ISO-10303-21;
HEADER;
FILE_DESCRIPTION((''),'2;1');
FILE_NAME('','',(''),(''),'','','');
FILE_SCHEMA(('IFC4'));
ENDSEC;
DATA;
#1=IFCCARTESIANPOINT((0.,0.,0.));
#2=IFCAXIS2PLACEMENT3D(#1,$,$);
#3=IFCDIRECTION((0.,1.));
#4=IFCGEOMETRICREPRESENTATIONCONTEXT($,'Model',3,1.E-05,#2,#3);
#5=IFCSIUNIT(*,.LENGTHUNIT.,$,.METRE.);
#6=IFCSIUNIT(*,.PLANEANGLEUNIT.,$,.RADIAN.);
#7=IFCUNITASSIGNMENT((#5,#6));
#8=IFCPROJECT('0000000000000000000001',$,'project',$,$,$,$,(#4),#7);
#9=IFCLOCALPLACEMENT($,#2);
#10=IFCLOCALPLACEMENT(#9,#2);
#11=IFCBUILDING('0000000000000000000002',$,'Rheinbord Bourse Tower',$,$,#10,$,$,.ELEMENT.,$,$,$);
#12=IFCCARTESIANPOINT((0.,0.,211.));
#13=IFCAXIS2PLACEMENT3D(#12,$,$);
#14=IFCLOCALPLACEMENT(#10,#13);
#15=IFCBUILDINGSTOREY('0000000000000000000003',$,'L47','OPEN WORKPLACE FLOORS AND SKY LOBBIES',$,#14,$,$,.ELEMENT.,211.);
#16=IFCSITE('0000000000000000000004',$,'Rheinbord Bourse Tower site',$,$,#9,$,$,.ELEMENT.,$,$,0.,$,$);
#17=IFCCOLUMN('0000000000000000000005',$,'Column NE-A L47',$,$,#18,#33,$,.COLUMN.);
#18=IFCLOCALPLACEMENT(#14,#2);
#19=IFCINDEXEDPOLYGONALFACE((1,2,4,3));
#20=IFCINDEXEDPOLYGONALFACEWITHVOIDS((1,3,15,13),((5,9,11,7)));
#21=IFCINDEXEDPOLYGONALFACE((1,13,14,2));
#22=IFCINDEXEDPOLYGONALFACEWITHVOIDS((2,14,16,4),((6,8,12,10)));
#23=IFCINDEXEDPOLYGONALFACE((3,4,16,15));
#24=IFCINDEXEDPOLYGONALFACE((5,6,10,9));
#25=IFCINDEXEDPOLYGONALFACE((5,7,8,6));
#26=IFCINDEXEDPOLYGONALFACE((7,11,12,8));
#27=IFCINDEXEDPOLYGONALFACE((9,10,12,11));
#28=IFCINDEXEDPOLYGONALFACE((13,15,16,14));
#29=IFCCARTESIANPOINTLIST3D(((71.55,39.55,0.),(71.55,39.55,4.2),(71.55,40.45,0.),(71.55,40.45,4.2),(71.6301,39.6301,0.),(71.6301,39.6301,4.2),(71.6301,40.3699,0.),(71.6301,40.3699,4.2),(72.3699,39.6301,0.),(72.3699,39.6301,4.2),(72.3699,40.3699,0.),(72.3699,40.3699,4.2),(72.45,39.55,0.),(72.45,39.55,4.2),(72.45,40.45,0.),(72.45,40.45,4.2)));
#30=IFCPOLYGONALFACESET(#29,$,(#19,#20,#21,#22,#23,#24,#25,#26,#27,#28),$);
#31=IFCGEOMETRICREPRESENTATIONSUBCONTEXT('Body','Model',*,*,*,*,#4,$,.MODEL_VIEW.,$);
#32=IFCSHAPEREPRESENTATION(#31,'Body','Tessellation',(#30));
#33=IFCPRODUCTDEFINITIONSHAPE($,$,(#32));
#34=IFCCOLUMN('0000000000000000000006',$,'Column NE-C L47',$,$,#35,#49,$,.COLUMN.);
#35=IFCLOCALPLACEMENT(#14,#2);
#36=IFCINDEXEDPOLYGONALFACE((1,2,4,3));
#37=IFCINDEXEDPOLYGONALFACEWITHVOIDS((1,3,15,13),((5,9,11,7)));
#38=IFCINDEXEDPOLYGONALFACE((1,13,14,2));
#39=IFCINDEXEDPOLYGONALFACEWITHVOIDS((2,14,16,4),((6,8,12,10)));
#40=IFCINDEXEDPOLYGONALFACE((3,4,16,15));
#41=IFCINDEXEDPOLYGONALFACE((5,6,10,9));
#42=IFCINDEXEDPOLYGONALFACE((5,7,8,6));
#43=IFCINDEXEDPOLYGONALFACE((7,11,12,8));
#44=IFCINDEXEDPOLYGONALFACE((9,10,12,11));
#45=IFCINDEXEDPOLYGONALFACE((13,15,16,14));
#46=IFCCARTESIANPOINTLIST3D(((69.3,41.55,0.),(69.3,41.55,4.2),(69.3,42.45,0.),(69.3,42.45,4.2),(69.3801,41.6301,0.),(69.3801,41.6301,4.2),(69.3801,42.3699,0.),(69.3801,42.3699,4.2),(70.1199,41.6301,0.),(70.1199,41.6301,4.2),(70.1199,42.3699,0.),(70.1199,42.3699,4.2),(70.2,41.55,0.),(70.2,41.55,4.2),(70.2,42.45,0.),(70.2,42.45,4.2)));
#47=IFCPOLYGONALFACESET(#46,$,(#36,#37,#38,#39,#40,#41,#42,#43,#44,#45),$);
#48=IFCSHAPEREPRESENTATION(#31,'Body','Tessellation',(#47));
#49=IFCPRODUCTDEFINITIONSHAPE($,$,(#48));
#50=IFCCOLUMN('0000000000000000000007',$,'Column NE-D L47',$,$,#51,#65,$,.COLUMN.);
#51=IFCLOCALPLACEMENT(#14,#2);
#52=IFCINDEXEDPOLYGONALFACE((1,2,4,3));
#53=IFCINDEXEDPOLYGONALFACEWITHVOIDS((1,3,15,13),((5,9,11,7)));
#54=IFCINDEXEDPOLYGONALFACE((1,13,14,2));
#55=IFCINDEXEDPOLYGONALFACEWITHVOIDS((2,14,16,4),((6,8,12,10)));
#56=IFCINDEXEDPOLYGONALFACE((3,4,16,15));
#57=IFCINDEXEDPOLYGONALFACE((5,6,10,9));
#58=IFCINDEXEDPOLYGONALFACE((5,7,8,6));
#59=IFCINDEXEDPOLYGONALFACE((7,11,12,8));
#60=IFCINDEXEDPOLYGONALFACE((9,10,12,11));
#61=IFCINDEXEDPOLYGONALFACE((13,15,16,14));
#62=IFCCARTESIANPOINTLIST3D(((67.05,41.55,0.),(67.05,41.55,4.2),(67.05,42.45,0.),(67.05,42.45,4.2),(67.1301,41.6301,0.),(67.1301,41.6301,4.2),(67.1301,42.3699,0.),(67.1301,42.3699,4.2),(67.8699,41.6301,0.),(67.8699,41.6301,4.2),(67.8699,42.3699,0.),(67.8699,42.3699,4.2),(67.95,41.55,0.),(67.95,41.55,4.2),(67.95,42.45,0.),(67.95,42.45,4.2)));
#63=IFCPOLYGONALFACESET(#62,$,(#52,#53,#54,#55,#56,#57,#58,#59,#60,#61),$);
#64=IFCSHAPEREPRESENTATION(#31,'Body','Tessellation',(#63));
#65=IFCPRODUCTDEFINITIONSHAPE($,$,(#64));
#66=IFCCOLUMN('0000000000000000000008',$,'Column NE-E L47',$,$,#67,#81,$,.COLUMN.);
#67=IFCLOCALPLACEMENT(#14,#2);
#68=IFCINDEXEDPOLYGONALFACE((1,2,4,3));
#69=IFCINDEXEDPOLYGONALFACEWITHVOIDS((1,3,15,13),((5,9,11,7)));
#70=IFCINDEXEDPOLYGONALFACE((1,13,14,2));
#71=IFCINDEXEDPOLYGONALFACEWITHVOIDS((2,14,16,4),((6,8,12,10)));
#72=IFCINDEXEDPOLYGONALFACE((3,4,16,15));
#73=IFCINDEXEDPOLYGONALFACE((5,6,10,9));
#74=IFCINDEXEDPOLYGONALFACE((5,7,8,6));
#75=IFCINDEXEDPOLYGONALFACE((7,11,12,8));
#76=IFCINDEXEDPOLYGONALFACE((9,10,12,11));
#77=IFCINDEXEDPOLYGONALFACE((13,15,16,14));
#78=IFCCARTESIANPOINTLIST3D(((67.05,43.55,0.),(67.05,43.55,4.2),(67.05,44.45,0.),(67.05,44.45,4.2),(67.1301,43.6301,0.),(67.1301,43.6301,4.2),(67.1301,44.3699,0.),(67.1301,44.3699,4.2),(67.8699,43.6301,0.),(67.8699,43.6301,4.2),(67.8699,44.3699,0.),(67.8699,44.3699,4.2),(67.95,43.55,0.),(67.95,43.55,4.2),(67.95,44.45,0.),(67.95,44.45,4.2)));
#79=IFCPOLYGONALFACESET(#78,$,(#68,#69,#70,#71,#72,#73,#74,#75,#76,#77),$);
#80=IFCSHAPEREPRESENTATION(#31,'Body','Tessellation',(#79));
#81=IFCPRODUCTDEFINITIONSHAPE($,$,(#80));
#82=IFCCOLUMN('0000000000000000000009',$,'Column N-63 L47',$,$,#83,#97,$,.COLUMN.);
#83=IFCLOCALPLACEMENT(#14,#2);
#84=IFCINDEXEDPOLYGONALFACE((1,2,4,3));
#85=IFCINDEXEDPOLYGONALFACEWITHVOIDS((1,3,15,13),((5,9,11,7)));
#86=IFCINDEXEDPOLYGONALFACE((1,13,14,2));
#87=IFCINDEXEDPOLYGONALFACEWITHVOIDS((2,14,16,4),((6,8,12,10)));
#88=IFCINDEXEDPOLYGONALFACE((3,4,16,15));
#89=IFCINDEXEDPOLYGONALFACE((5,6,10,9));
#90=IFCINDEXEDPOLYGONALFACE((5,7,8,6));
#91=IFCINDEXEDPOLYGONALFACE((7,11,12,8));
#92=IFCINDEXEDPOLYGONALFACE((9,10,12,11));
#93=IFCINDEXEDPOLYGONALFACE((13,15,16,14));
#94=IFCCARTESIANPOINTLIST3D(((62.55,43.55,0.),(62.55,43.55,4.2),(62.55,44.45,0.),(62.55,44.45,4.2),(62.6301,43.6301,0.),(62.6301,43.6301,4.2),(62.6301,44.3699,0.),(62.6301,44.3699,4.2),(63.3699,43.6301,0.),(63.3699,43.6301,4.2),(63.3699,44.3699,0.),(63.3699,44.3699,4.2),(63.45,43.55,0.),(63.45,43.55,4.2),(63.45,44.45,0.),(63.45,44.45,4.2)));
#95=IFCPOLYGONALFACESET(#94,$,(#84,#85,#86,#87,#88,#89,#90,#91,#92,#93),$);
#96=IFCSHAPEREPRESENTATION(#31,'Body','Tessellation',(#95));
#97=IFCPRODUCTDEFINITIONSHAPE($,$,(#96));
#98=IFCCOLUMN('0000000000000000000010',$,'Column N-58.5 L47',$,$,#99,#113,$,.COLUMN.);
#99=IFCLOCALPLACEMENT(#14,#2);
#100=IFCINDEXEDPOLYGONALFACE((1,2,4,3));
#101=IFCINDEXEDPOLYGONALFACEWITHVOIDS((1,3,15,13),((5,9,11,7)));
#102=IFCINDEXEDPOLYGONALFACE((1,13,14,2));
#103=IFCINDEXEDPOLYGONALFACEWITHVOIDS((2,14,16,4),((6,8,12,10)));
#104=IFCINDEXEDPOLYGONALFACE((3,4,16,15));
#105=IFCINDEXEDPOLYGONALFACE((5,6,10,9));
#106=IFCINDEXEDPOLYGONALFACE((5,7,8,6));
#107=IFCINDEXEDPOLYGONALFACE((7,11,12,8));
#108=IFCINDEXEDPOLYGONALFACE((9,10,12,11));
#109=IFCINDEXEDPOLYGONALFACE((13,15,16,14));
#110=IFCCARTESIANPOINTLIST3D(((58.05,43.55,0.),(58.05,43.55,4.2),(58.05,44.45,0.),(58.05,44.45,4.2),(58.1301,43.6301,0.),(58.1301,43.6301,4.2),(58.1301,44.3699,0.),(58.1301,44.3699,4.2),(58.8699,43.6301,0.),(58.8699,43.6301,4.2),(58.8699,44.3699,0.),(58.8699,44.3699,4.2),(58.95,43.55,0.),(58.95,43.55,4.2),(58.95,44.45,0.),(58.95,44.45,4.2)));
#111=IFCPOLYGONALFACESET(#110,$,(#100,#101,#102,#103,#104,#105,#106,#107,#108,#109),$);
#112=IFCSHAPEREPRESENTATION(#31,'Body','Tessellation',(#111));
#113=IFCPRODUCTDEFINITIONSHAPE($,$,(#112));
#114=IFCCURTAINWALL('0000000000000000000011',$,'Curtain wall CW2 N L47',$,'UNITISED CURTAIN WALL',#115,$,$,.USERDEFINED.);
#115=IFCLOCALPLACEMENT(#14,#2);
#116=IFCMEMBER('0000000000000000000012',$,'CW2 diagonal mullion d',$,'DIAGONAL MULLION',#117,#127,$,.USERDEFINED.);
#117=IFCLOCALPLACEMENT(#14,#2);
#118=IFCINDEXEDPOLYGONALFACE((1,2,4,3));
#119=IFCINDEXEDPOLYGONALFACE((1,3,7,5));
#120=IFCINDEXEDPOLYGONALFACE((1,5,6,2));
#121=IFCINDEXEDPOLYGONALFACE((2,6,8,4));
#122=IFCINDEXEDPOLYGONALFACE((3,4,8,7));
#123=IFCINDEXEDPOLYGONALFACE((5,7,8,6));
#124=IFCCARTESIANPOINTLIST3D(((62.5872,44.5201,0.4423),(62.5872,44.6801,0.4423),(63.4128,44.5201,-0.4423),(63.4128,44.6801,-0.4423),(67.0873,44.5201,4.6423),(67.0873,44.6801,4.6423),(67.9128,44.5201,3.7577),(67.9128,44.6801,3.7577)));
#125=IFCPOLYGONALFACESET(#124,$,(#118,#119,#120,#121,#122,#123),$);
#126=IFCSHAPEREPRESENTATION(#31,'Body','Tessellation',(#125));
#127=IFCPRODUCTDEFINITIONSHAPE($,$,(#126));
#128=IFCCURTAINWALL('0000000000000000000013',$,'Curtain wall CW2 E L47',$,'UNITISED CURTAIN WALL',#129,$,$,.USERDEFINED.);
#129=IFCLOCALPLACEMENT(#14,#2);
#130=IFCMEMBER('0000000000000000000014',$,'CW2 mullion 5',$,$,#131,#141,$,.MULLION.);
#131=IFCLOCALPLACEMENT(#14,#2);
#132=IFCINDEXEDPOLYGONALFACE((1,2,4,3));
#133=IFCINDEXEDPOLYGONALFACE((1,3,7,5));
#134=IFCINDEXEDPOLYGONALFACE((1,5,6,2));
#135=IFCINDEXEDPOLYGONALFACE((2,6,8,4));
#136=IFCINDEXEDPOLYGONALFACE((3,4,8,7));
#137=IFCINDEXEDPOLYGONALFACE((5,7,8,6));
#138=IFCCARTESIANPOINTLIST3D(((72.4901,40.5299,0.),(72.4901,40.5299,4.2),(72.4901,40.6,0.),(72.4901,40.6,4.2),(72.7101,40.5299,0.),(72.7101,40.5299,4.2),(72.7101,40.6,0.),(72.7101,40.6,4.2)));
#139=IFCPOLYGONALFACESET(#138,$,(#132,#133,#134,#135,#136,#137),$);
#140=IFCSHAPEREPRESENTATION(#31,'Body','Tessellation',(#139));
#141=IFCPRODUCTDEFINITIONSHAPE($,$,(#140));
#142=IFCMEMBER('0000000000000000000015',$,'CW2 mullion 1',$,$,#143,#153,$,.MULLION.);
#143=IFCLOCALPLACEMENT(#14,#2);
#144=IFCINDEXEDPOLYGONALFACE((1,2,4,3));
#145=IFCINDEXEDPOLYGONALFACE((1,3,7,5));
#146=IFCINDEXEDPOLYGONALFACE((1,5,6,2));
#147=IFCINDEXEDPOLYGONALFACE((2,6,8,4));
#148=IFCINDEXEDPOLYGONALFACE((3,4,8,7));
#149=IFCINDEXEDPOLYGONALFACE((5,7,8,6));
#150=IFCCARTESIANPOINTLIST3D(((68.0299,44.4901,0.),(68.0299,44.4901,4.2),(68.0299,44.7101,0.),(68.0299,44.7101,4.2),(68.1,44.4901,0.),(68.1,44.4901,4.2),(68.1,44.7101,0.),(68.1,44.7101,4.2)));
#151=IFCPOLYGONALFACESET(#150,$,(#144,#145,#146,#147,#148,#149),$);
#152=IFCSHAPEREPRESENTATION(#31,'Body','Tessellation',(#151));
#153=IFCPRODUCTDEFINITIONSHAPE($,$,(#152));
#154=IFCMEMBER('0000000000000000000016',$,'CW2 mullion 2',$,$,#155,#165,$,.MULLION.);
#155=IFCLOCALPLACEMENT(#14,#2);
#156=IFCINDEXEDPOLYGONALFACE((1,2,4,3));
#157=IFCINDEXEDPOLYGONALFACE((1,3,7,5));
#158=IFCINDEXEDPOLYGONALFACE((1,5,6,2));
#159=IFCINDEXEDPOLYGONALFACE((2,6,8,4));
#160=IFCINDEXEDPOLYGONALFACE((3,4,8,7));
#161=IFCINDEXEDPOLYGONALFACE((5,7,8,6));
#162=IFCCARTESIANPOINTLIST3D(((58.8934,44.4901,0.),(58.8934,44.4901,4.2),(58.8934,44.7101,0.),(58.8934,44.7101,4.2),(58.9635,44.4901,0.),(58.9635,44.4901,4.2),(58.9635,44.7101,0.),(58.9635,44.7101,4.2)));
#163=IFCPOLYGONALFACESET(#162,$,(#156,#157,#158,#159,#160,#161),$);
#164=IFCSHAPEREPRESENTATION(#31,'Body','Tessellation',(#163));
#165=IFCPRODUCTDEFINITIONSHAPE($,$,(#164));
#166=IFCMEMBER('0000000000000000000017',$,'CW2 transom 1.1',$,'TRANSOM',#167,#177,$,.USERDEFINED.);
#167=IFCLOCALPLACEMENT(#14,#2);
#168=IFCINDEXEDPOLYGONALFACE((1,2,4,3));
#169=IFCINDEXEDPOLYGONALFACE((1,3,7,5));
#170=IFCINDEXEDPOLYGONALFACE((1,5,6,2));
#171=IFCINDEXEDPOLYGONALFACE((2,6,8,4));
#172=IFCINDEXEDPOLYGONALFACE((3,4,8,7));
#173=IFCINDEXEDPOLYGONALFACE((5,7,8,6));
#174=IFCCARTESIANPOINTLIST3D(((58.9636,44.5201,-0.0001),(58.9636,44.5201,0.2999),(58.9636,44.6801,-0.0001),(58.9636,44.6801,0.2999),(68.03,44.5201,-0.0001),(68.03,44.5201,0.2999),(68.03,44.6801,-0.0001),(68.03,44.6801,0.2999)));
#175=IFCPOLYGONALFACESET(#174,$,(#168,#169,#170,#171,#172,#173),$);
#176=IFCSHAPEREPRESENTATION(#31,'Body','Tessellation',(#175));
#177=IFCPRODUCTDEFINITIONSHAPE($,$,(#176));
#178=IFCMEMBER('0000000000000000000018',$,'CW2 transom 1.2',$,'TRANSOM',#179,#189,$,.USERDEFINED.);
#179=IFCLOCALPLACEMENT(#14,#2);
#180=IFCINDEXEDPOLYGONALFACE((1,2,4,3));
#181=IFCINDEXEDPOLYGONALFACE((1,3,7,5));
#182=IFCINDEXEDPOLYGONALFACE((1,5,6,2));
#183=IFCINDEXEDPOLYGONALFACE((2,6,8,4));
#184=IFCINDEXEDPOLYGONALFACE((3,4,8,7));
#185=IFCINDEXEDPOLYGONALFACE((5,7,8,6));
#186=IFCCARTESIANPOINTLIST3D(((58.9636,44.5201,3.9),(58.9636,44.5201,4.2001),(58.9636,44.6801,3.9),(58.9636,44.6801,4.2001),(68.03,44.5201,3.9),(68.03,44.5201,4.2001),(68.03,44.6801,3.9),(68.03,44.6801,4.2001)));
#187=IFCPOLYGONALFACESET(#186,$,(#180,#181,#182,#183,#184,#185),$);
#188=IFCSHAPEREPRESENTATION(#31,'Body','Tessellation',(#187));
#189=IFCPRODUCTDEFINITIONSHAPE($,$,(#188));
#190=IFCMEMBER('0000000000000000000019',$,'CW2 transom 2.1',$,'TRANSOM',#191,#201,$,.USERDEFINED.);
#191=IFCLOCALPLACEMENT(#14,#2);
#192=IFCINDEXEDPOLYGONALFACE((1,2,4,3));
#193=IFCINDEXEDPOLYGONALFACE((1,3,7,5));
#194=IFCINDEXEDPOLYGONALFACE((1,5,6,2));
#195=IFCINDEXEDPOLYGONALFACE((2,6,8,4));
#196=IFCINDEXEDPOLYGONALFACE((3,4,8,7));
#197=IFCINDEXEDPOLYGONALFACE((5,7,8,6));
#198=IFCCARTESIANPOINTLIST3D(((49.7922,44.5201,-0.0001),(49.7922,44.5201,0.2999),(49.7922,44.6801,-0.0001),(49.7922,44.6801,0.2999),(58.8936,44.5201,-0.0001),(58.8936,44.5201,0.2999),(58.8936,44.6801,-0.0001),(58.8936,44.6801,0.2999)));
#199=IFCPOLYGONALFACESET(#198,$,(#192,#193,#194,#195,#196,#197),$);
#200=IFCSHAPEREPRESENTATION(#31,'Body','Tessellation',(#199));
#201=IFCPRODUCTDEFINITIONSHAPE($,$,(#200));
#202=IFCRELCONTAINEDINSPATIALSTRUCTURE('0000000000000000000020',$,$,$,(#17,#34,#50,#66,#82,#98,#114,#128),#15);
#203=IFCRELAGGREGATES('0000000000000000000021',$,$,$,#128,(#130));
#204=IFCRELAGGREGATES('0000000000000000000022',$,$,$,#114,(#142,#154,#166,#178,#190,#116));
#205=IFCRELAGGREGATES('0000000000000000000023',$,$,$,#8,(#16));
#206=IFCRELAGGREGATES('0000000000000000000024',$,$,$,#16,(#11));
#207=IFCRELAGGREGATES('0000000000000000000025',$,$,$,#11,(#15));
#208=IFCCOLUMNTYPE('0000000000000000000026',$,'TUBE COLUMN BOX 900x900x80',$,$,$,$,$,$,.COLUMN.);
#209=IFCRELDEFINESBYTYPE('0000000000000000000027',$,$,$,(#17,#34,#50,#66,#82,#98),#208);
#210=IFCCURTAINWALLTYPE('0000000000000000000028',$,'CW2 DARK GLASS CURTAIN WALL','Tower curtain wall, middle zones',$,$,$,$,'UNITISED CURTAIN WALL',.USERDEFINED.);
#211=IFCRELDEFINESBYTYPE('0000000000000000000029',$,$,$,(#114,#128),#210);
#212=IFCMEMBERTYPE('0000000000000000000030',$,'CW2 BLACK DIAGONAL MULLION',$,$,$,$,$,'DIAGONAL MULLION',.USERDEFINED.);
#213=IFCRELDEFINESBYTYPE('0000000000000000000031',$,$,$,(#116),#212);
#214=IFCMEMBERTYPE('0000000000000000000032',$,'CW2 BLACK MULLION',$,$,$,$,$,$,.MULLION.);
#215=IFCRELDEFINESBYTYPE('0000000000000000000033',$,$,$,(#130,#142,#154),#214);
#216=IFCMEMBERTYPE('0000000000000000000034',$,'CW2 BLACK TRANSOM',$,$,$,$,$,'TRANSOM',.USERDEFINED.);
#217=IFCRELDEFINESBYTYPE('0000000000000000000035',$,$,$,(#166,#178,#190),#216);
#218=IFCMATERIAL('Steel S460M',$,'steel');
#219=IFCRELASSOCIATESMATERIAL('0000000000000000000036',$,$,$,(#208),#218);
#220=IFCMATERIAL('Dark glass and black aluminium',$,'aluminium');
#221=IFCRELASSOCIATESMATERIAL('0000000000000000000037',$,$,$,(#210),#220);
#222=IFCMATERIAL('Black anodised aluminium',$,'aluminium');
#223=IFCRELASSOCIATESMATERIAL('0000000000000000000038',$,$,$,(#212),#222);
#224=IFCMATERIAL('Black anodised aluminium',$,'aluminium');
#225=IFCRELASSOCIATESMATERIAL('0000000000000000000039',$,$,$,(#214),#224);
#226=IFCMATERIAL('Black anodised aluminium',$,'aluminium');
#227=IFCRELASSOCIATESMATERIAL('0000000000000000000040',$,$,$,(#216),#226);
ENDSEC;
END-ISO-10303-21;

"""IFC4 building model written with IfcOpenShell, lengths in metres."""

from ifc_helpers import new_model, si_unit, direction, frame, origin, origin_2d, place, context, subcontext, project, spatial, rectangle, hollow_rectangle, extrude, material, material_profile, profile_set, type_object, element, aggregate, save


model = new_model("IFC4")

# Units and contexts
model_context = context("Model", 3, precision=1e-05, world=origin(), true_north=direction((0.0, 1.0)))
body_context = subcontext(model_context, "Body", "Model", "MODEL_VIEW")
ifc_project = project(units=[si_unit("LENGTHUNIT", "METRE"), si_unit("PLANEANGLEUNIT", "RADIAN")], contexts=[model_context])

# Site, building, storey
site_placement = place(None, origin())
site = spatial("IfcSite", under=ifc_project, at=site_placement, Name="Rheinbord Bourse Tower site", CompositionType="ELEMENT", RefElevation=0.0)
building_placement = place(site_placement, origin())
building = spatial("IfcBuilding", under=site, at=building_placement, Name="Rheinbord Bourse Tower", CompositionType="ELEMENT")
storey_placement = place(building_placement, frame((0.0, 0.0, 211.0)))
storey = spatial("IfcBuildingStorey", under=building, at=storey_placement, Name="L47", Description="OPEN WORKPLACE FLOORS AND SKY LOBBIES", CompositionType="ELEMENT", Elevation=211.0)

# Columns
ifc_material_1 = material(Name="Steel S460M", Category="steel")
ifc_material_profile_1 = material_profile(ifc_material_1, hollow_rectangle(XDim=0.8999, YDim=0.8999, WallThickness=0.0801, at=origin_2d()), Name="BOX 900x900x80")
ifc_profile_set_1 = profile_set([ifc_material_profile_1], Name="Steel S460M")
column_type = type_object("IfcColumnType", Name="TUBE COLUMN BOX 900x900x80", PredefinedType="COLUMN", material=ifc_profile_set_1)
for number, where, z_axis, x_axis, name in (
    (1, (72.0, 40.0, 0.0), (0.0, 0.0, 1.0), (1.0, 0.0, 0.0), "Column NE-A L47"),
    (2, (69.75, 42.0, 0.0), (0.0, 0.0, 1.0), (1.0, 0.0, 0.0), "Column NE-C L47"),
    (3, (67.5, 42.0, 0.0), (0.0, 0.0, 1.0), (0.0, 1.0, 0.0), "Column NE-D L47"),
    (4, (67.5, 44.0, 0.0), (0.0, 0.0, 1.0), (0.0, 1.0, 0.0), "Column NE-E L47"),
    (5, (63.0, 44.0, 0.0), (0.0, 0.0, 1.0), (0.0, 1.0, 0.0), "Column N-63 L47"),
    (6, (58.5, 44.0, 0.0), (0.0, 0.0, 1.0), (0.0, 1.0, 0.0), "Column N-58.5 L47"),
):
    element("IfcColumn", number, at=place(storey_placement, frame(where, z_axis=z_axis, x_axis=x_axis)), inside=storey, type_object=column_type, Name=name, PredefinedType="COLUMN", context=body_context, shape_type="SweptSolid", body=[
        extrude(hollow_rectangle(XDim=0.8999, YDim=0.8999, WallThickness=0.0801, at=origin_2d()), origin(), (0.0, 0.0, 1.0), 4.2),
    ])

# Curtain walls, members
ifc_material_2 = material(Name="Dark glass and black aluminium", Category="aluminium")
curtain_wall_type = type_object("IfcCurtainWallType", Name="CW2 DARK GLASS CURTAIN WALL", Description="Tower curtain wall, middle zones", ElementType="UNITISED CURTAIN WALL", PredefinedType="USERDEFINED", material=ifc_material_2)
curtain_wall_1_placement = place(storey_placement, origin())
curtain_wall_1 = element("IfcCurtainWall", 7, at=curtain_wall_1_placement, inside=storey, type_object=curtain_wall_type, Name="Curtain wall CW2 N L47", ObjectType="UNITISED CURTAIN WALL", PredefinedType="USERDEFINED")
ifc_material_3 = material(Name="Black anodised aluminium", Category="aluminium")
ifc_material_profile_2 = material_profile(ifc_material_3, rectangle(XDim=0.1599, YDim=1.21, at=origin_2d()), Name="CW2 DIAGONAL MULLION 1210x160")
ifc_profile_set_2 = profile_set([ifc_material_profile_2], Name="Black anodised aluminium")
member_type_1 = type_object("IfcMemberType", Name="CW2 BLACK DIAGONAL MULLION", ElementType="DIAGONAL MULLION", PredefinedType="USERDEFINED", material=ifc_profile_set_2)
member_1_placement = place(storey_placement, frame((63.0, 44.6001, 0.0), z_axis=(0.731059, 0.0, 0.682314), x_axis=(0.0, 1.0, 0.0)))
member_1 = element("IfcMember", 8, at=member_1_placement, type_object=member_type_1, Name="CW2 diagonal mullion d", ObjectType="DIAGONAL MULLION", PredefinedType="USERDEFINED", context=body_context, shape_type="SweptSolid", body=[
    extrude(rectangle(XDim=0.1599, YDim=1.21, at=origin_2d()), origin(), (0.0, 0.0, 1.0), 6.1555),
])
curtain_wall_2_placement = place(storey_placement, origin())
curtain_wall_2 = element("IfcCurtainWall", 9, at=curtain_wall_2_placement, inside=storey, type_object=curtain_wall_type, Name="Curtain wall CW2 E L47", ObjectType="UNITISED CURTAIN WALL", PredefinedType="USERDEFINED")
ifc_material_4 = material(Name="Black anodised aluminium", Category="aluminium")
ifc_material_profile_3 = material_profile(ifc_material_4, rectangle(XDim=0.22, YDim=0.0701, at=origin_2d()), Name="CW2 MULLION 70x220")
ifc_profile_set_3 = profile_set([ifc_material_profile_3], Name="Black anodised aluminium")
member_type_2 = type_object("IfcMemberType", Name="CW2 BLACK MULLION", PredefinedType="MULLION", material=ifc_profile_set_3)
member_2_placement = place(storey_placement, frame((72.6001, 40.5649, 0.0), z_axis=(0.0, 0.0, 1.0), x_axis=(-1.0, 0.0, 0.0)))
member_2 = element("IfcMember", 10, at=member_2_placement, type_object=member_type_2, Name="CW2 mullion 5", PredefinedType="MULLION", context=body_context, shape_type="SweptSolid", body=[
    extrude(rectangle(XDim=0.22, YDim=0.0701, at=origin_2d()), origin(), (0.0, 0.0, 1.0), 4.2),
])

# Members
member_3_placement = place(storey_placement, frame((68.0649, 44.6001, 0.0), z_axis=(0.0, 0.0, 1.0), x_axis=(0.0, -1.0, 0.0)))
member_3 = element("IfcMember", 11, at=member_3_placement, type_object=member_type_2, Name="CW2 mullion 1", PredefinedType="MULLION", context=body_context, shape_type="SweptSolid", body=[
    extrude(rectangle(XDim=0.22, YDim=0.0701, at=origin_2d()), origin(), (0.0, 0.0, 1.0), 4.2),
])
member_4_placement = place(storey_placement, frame((58.9285, 44.6001, 0.0), z_axis=(0.0, 0.0, 1.0), x_axis=(0.0, -1.0, 0.0)))
member_4 = element("IfcMember", 12, at=member_4_placement, type_object=member_type_2, Name="CW2 mullion 2", PredefinedType="MULLION", context=body_context, shape_type="SweptSolid", body=[
    extrude(rectangle(XDim=0.22, YDim=0.0701, at=origin_2d()), origin(), (0.0, 0.0, 1.0), 4.2),
])
ifc_material_5 = material(Name="Black anodised aluminium", Category="aluminium")
ifc_material_profile_4 = material_profile(ifc_material_5, rectangle(XDim=0.1599, YDim=0.3, at=origin_2d()), Name="CW2 TRANSOM 300x160")
ifc_profile_set_4 = profile_set([ifc_material_profile_4], Name="Black anodised aluminium")
member_type_3 = type_object("IfcMemberType", Name="CW2 BLACK TRANSOM", ElementType="TRANSOM", PredefinedType="USERDEFINED", material=ifc_profile_set_4)
member_5_placement = place(storey_placement, frame((68.03, 44.6001, 0.1499), z_axis=(-1.0, 0.0, 0.0), x_axis=(0.0, -1.0, 0.0)))
member_5 = element("IfcMember", 13, at=member_5_placement, type_object=member_type_3, Name="CW2 transom 1.1", ObjectType="TRANSOM", PredefinedType="USERDEFINED", context=body_context, shape_type="SweptSolid", body=[
    extrude(rectangle(XDim=0.1599, YDim=0.3, at=origin_2d()), origin(), (0.0, 0.0, 1.0), 9.0664),
])
member_6_placement = place(storey_placement, frame((68.03, 44.6001, 4.05), z_axis=(-1.0, 0.0, 0.0), x_axis=(0.0, -1.0, 0.0)))
member_6 = element("IfcMember", 14, at=member_6_placement, type_object=member_type_3, Name="CW2 transom 1.2", ObjectType="TRANSOM", PredefinedType="USERDEFINED", context=body_context, shape_type="SweptSolid", body=[
    extrude(rectangle(XDim=0.1599, YDim=0.3, at=origin_2d()), origin(), (0.0, 0.0, 1.0), 9.0664),
])
member_7_placement = place(storey_placement, frame((58.8936, 44.6001, 0.1499), z_axis=(-1.0, 0.0, 0.0), x_axis=(0.0, -1.0, 0.0)))
member_7 = element("IfcMember", 15, at=member_7_placement, type_object=member_type_3, Name="CW2 transom 2.1", ObjectType="TRANSOM", PredefinedType="USERDEFINED", context=body_context, shape_type="SweptSolid", body=[
    extrude(rectangle(XDim=0.1599, YDim=0.3, at=origin_2d()), origin(), (0.0, 0.0, 1.0), 9.1013),
])

aggregate(curtain_wall_2, [member_2])
aggregate(curtain_wall_1, [member_3, member_4, member_5, member_6, member_7, member_1])

save(model, "model.ifc")
